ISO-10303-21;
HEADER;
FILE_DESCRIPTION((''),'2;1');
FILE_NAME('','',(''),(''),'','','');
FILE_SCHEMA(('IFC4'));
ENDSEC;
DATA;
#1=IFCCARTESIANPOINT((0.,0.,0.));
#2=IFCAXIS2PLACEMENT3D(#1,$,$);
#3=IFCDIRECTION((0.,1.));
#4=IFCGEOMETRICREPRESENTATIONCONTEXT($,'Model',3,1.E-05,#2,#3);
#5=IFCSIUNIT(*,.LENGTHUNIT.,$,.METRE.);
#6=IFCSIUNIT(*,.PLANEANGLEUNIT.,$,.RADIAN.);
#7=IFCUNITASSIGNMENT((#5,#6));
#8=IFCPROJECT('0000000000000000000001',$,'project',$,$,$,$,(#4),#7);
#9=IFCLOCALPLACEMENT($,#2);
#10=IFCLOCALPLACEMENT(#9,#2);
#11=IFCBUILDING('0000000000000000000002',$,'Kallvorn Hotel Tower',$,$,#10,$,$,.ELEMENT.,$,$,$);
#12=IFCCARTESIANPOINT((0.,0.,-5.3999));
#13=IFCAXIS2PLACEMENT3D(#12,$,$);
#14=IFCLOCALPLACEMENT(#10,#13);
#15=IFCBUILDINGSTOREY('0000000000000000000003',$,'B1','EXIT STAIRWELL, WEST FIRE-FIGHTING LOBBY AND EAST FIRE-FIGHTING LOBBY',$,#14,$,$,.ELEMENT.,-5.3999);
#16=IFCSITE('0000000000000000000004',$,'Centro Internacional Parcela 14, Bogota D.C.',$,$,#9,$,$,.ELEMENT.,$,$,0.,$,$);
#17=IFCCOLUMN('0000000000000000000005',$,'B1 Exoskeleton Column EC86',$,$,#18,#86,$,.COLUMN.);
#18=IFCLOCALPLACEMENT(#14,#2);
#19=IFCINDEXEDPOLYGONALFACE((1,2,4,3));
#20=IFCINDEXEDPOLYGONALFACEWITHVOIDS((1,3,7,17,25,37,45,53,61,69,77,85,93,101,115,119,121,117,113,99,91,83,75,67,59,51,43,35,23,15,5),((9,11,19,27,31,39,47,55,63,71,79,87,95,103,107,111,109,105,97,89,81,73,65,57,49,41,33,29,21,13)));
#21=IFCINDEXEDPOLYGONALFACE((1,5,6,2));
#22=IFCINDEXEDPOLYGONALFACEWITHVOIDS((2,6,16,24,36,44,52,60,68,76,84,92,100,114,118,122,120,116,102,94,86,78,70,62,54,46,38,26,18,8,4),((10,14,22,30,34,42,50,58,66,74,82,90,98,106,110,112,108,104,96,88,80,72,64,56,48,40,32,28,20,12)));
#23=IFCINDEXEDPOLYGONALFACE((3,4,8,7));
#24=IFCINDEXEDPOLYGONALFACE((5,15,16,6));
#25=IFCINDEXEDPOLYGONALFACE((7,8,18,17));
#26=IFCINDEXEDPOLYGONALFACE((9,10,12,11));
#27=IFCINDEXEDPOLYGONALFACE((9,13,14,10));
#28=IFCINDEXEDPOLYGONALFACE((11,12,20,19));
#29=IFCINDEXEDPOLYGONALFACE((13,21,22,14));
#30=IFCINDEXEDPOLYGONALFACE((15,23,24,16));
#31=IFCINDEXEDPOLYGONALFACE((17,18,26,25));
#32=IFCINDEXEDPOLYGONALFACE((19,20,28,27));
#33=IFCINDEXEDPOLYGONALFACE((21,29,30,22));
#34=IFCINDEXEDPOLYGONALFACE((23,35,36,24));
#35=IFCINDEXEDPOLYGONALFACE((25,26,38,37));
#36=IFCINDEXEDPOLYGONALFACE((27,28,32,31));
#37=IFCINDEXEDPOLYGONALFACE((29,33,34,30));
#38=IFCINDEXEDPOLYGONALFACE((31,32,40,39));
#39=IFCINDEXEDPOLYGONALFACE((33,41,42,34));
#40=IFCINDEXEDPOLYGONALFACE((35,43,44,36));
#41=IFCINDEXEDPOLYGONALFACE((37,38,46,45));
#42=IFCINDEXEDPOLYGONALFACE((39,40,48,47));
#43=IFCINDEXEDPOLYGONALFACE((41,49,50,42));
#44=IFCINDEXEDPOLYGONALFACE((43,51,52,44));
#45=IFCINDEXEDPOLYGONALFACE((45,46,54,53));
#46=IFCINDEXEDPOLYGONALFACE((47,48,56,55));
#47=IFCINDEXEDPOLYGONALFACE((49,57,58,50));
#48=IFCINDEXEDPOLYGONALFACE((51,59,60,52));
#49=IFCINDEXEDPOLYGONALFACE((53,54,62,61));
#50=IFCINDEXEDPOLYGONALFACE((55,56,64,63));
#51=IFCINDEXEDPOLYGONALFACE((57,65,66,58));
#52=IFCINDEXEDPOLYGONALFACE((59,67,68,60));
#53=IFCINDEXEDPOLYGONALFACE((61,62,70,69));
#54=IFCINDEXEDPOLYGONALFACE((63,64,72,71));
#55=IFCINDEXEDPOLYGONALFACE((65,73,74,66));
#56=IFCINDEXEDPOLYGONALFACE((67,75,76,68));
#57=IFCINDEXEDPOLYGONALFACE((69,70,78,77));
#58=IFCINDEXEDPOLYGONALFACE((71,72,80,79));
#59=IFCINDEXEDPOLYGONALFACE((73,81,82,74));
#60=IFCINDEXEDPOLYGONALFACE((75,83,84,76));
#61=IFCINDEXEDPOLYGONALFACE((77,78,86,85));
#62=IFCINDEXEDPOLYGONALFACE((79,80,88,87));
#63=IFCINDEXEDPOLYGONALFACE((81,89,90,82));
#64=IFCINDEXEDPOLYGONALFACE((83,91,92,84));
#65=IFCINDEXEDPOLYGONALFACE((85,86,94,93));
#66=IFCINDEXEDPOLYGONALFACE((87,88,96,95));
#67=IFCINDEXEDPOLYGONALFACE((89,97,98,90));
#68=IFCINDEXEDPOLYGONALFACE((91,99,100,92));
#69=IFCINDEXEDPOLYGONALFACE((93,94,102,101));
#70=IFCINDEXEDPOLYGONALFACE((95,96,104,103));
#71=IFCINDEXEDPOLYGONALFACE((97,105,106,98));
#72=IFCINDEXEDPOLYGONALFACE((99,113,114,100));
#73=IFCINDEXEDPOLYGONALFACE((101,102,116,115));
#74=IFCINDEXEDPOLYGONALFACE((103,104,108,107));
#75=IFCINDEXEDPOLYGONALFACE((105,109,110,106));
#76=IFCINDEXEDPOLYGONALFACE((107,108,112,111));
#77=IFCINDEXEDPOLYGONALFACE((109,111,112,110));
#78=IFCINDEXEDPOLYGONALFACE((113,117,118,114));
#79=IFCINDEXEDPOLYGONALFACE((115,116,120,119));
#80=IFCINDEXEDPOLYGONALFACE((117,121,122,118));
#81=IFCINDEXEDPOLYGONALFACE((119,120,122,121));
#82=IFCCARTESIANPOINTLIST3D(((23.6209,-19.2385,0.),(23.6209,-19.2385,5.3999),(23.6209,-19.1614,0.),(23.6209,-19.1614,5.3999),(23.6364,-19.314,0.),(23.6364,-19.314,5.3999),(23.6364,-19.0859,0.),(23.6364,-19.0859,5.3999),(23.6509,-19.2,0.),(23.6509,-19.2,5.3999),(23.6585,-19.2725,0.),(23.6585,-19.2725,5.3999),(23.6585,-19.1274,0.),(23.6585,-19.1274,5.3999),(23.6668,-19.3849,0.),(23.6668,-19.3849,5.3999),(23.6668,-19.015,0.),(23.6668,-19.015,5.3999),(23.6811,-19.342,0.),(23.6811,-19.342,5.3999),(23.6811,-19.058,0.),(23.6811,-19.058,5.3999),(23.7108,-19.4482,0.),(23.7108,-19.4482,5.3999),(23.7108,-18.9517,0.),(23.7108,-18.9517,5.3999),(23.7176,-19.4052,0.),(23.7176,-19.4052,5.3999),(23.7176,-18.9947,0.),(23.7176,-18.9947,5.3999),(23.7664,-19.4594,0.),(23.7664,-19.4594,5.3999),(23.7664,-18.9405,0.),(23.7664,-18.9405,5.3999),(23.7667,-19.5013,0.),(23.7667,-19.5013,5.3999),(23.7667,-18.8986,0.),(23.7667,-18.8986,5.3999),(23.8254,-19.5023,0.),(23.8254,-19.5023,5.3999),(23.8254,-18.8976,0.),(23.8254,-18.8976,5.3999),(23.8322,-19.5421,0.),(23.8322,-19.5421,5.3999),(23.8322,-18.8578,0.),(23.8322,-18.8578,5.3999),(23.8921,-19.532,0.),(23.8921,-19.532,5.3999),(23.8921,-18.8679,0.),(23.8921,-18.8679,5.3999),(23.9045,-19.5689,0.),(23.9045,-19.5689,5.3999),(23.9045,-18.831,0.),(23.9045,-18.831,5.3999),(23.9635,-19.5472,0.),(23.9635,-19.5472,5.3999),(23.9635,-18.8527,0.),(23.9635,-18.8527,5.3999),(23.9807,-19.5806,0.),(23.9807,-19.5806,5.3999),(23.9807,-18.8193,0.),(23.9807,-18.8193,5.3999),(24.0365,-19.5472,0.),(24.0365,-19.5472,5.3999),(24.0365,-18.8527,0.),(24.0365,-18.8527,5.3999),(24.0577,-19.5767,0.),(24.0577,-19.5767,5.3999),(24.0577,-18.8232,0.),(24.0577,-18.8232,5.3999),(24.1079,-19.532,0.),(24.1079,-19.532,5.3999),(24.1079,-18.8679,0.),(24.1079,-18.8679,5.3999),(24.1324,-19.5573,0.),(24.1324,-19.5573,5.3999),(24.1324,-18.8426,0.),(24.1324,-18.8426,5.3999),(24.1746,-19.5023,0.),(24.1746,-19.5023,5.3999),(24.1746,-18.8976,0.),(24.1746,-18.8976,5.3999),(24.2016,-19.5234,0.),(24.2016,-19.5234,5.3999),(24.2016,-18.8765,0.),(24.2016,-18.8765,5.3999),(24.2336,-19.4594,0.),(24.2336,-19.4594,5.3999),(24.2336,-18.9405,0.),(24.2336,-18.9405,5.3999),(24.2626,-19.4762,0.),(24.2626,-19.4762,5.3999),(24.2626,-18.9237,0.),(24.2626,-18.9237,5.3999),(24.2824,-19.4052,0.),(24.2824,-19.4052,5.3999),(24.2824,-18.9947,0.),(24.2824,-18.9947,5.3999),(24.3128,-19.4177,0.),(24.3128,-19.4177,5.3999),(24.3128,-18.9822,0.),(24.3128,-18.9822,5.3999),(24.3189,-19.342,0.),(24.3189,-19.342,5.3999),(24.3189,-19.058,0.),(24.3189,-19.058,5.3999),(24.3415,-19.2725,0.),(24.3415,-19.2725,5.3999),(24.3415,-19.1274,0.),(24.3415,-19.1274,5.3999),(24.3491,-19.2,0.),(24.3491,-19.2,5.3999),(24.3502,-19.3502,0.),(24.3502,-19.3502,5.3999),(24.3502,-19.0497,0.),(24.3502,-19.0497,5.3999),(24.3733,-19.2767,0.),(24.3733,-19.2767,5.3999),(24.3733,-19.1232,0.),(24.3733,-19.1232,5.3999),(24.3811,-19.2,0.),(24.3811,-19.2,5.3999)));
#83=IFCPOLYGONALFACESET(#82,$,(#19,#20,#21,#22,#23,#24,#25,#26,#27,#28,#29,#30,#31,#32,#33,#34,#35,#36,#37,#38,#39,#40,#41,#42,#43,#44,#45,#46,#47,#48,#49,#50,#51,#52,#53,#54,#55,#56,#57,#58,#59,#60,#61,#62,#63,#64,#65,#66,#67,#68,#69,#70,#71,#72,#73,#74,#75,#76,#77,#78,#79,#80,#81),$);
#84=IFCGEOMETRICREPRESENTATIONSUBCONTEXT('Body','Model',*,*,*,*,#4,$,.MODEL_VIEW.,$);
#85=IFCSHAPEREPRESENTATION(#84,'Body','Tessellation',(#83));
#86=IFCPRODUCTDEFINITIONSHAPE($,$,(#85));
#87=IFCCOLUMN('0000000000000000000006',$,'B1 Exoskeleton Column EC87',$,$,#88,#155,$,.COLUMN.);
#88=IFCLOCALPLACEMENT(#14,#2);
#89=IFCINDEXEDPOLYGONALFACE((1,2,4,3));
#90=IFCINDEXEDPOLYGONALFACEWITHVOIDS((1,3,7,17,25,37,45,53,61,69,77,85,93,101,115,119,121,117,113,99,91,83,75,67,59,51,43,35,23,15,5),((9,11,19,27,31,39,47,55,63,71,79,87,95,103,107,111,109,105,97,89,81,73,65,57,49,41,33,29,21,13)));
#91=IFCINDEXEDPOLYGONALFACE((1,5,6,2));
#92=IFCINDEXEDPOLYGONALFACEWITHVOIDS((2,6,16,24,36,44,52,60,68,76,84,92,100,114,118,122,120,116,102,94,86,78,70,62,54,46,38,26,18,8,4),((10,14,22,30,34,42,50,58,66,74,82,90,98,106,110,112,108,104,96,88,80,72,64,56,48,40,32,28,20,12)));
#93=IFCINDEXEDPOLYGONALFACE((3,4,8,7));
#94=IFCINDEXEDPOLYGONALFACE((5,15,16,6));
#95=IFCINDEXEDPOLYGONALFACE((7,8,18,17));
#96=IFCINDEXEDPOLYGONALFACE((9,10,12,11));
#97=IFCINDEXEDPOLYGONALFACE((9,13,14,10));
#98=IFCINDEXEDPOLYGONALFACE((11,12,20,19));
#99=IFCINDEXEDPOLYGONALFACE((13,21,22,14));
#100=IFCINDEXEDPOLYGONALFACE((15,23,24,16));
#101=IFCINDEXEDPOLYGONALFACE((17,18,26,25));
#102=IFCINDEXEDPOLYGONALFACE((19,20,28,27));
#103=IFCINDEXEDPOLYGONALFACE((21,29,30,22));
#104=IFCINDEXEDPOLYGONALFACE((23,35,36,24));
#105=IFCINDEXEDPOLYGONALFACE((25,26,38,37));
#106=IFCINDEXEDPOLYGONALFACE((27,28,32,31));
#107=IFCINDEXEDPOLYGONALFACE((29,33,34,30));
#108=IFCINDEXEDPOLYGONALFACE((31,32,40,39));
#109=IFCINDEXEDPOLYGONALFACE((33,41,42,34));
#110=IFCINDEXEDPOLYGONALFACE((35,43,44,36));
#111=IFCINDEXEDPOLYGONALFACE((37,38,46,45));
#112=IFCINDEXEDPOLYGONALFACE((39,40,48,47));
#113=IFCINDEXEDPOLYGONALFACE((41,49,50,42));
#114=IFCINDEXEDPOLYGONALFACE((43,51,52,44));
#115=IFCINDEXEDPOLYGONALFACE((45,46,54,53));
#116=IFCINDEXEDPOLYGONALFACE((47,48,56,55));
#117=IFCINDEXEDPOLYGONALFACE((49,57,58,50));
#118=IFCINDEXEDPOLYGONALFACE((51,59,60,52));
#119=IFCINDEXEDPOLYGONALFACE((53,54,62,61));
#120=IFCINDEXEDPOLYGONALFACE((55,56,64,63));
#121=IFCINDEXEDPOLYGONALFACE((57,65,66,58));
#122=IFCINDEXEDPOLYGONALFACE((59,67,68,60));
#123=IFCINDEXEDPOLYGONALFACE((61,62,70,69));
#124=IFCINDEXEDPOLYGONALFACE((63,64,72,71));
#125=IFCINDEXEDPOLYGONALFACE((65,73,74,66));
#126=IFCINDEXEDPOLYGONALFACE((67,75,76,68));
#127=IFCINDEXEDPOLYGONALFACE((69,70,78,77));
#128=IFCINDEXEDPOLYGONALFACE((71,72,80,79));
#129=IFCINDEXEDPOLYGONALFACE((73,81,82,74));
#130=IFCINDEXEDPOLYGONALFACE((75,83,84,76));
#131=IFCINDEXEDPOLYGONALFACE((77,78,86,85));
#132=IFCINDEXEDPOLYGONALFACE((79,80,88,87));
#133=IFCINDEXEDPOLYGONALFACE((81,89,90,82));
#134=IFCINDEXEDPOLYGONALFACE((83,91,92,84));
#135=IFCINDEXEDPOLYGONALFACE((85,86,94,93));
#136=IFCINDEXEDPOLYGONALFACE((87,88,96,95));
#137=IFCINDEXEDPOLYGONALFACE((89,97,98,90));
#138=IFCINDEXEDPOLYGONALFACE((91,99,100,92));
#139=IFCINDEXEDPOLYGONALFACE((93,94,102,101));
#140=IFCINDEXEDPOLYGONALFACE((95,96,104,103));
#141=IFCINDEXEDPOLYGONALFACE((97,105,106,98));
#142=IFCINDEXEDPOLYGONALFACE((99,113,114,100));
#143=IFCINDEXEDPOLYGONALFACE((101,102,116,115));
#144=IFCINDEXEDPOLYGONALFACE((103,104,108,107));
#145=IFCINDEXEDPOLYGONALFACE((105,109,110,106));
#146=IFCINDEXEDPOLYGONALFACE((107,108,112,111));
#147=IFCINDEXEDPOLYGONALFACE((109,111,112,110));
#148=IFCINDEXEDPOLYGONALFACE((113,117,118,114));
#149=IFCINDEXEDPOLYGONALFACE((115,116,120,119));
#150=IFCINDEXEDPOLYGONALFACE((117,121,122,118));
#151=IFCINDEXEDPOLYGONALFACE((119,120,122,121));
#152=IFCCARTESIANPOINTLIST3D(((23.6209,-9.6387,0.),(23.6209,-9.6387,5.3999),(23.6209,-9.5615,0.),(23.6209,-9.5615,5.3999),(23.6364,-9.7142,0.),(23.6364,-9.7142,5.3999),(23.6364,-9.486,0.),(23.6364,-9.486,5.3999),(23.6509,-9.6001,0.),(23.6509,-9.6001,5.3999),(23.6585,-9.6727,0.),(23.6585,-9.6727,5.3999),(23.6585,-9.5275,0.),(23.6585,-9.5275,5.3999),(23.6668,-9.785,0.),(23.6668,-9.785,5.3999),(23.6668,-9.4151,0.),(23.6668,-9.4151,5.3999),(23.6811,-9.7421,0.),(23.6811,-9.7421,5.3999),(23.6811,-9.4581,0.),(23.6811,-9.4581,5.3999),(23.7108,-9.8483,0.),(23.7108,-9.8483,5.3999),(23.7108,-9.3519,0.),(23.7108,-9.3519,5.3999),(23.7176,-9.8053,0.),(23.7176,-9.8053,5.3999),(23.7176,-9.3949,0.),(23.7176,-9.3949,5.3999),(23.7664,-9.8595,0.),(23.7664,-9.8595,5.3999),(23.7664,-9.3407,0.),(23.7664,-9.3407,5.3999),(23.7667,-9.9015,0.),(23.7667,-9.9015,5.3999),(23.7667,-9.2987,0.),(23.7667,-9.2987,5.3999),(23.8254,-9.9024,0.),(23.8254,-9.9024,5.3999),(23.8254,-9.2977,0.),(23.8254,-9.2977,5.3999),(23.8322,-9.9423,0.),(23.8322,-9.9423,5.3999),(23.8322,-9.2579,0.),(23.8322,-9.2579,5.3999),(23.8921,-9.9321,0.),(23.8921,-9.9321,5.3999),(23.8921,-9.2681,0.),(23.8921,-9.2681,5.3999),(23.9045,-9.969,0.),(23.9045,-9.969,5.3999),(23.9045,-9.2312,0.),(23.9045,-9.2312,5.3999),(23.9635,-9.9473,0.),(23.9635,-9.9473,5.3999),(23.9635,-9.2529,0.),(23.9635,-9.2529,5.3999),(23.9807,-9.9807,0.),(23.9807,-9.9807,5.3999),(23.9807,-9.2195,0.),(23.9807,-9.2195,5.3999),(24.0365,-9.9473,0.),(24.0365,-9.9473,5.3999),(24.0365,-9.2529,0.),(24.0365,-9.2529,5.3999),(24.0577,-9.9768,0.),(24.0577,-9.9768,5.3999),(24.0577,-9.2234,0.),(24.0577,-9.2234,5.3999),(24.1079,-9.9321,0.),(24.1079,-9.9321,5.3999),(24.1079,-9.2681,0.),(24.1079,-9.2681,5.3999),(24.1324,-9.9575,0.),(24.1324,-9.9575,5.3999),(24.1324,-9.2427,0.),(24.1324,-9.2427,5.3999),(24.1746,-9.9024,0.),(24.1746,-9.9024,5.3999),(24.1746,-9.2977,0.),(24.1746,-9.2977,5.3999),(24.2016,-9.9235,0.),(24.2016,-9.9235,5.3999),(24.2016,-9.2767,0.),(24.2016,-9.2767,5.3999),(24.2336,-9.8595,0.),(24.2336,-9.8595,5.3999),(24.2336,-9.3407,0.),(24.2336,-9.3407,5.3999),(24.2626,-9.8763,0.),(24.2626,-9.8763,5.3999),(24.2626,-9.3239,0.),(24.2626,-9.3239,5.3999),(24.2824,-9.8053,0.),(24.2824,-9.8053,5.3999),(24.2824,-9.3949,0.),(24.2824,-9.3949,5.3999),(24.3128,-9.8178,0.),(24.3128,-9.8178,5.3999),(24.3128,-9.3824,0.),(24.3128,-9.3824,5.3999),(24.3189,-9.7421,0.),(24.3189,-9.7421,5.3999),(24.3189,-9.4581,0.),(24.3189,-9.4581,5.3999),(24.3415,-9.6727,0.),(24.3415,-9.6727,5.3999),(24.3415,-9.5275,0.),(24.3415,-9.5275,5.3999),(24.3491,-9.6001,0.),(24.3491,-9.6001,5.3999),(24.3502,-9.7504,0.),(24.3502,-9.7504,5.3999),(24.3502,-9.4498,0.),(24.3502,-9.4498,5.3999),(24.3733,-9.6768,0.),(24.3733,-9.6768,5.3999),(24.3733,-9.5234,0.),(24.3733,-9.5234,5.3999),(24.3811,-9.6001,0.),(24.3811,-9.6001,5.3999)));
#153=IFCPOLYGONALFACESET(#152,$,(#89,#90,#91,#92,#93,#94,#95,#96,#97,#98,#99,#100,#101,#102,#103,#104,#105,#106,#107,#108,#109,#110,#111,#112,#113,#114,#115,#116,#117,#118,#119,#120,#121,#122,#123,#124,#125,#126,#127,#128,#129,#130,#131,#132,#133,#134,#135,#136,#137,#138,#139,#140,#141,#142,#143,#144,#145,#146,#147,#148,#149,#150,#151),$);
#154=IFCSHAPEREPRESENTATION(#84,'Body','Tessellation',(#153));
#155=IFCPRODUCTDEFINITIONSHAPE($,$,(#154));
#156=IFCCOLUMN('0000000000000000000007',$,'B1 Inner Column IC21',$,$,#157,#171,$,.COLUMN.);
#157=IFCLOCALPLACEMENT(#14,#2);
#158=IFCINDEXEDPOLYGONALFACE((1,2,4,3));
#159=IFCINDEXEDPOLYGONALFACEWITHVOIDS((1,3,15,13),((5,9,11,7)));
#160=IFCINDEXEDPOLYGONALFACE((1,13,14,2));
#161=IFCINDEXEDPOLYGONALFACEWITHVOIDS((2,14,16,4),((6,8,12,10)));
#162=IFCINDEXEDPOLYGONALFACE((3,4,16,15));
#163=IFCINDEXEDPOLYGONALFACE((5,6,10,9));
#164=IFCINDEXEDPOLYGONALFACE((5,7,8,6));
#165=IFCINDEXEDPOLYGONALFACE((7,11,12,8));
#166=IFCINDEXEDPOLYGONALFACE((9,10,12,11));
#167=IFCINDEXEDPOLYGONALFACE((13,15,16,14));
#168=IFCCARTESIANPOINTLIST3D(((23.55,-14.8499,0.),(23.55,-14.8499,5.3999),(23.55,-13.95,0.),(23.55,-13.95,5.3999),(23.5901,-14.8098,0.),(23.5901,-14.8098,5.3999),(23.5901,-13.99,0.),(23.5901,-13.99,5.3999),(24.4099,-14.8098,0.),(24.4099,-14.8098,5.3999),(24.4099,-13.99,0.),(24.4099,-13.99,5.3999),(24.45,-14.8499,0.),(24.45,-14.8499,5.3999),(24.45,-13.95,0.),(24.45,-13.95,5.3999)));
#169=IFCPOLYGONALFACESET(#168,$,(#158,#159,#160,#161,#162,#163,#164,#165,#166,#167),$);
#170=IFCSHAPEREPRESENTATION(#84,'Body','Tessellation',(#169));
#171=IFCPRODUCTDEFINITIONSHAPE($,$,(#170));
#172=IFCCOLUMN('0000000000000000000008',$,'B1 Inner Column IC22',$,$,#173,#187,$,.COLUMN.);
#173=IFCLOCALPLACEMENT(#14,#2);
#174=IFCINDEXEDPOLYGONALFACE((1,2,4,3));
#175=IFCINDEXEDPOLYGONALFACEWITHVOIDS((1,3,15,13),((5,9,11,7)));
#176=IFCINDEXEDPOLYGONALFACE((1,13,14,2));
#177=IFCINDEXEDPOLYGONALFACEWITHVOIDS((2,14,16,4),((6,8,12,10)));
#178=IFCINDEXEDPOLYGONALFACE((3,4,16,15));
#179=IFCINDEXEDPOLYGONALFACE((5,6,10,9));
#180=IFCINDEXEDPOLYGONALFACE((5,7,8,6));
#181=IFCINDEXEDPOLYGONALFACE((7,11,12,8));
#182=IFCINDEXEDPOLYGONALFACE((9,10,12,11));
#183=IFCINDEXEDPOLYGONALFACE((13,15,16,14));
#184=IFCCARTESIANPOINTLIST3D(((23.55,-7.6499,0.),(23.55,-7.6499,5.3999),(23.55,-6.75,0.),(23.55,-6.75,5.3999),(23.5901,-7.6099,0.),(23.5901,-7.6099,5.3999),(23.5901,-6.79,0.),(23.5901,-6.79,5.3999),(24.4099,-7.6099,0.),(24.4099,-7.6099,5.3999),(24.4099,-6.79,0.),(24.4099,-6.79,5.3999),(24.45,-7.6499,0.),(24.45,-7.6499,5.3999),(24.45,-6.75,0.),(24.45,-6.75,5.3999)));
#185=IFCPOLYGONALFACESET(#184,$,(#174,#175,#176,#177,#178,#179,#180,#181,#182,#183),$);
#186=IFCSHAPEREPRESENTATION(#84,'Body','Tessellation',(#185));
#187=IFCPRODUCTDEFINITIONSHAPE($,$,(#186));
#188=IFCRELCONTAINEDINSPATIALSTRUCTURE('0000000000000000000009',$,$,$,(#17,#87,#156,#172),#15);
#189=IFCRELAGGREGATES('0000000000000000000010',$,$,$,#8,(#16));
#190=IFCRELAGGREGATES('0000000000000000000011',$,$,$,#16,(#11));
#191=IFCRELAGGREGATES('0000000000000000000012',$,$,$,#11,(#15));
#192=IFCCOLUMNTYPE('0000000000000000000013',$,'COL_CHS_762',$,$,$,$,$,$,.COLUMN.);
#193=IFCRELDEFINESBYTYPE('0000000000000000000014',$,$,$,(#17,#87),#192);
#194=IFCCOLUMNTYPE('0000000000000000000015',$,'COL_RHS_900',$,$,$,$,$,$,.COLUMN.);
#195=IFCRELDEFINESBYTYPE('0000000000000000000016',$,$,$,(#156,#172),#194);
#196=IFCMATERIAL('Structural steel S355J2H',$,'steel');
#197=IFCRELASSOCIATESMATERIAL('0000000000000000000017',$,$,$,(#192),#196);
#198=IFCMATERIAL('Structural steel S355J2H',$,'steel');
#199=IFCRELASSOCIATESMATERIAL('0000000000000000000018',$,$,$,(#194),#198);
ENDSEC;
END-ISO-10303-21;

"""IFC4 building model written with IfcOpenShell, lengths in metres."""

from ifc_helpers import new_model, si_unit, direction, frame, origin, origin_2d, place, context, subcontext, project, spatial, hollow_rectangle, hollow_circle, extrude, material, material_profile, profile_set, type_object, element, save


model = new_model("IFC4")

# Units and contexts
model_context = context("Model", 3, precision=1e-05, world=origin(), true_north=direction((0.0, 1.0)))
body_context = subcontext(model_context, "Body", "Model", "MODEL_VIEW")
ifc_project = project(units=[si_unit("LENGTHUNIT", "METRE"), si_unit("PLANEANGLEUNIT", "RADIAN")], contexts=[model_context])

# Site, building, storey
site_placement = place(None, origin())
site = spatial("IfcSite", under=ifc_project, at=site_placement, Name="Centro Internacional Parcela 14, Bogota D.C.", CompositionType="ELEMENT", RefElevation=0.0)
building_placement = place(site_placement, origin())
building = spatial("IfcBuilding", under=site, at=building_placement, Name="Kallvorn Hotel Tower", CompositionType="ELEMENT")
storey_placement = place(building_placement, frame((0.0, 0.0, -5.3999)))
storey = spatial("IfcBuildingStorey", under=building, at=storey_placement, Name="B1", Description="EXIT STAIRWELL, WEST FIRE-FIGHTING LOBBY AND EAST FIRE-FIGHTING LOBBY", CompositionType="ELEMENT", Elevation=-5.3999)

# Columns
ifc_material_1 = material(Name="Structural steel S355J2H", Category="steel")
ifc_material_profile_1 = material_profile(ifc_material_1, hollow_circle(Radius=0.3811, WallThickness=0.032, at=origin_2d()), Name="CHS 762x32")
ifc_profile_set_1 = profile_set([ifc_material_profile_1], Name="Structural steel S355J2H")
column_type_1 = type_object("IfcColumnType", Name="COL_CHS_762", PredefinedType="COLUMN", material=ifc_profile_set_1)
for number, where, z_axis, x_axis, name in (
    (1, (24.0, -19.2, 0.0), (0.0, 0.0, 1.0), (1.0, 0.0, 0.0), "B1 Exoskeleton Column EC86"),
    (2, (24.0, -9.6001, 0.0), (0.0, 0.0, 1.0), (1.0, 0.0, 0.0), "B1 Exoskeleton Column EC87"),
):
    element("IfcColumn", number, at=place(storey_placement, frame(where, z_axis=z_axis, x_axis=x_axis)), inside=storey, type_object=column_type_1, Name=name, PredefinedType="COLUMN", context=body_context, shape_type="SweptSolid", body=[
        extrude(hollow_circle(Radius=0.3811, WallThickness=0.032, at=origin_2d()), origin(), (0.0, 0.0, 1.0), 5.3999),
    ])
ifc_material_2 = material(Name="Structural steel S355J2H", Category="steel")
ifc_material_profile_2 = material_profile(ifc_material_2, hollow_rectangle(XDim=0.8999, YDim=0.8999, WallThickness=0.04, at=origin_2d()), Name="RHS 900x900x40")
ifc_profile_set_2 = profile_set([ifc_material_profile_2], Name="Structural steel S355J2H")
column_type_2 = type_object("IfcColumnType", Name="COL_RHS_900", PredefinedType="COLUMN", material=ifc_profile_set_2)
for number, where, z_axis, x_axis, name in (
    (3, (24.0, -14.3999, 0.0), (0.0, 0.0, 1.0), (1.0, 0.0, 0.0), "B1 Inner Column IC21"),
    (4, (24.0, -7.2, 0.0), (0.0, 0.0, 1.0), (1.0, 0.0, 0.0), "B1 Inner Column IC22"),
):
    element("IfcColumn", number, at=place(storey_placement, frame(where, z_axis=z_axis, x_axis=x_axis)), inside=storey, type_object=column_type_2, Name=name, PredefinedType="COLUMN", context=body_context, shape_type="SweptSolid", body=[
        extrude(hollow_rectangle(XDim=0.8999, YDim=0.8999, WallThickness=0.04, at=origin_2d()), origin(), (0.0, 0.0, 1.0), 5.3999),
    ])

save(model, "model.ifc")
